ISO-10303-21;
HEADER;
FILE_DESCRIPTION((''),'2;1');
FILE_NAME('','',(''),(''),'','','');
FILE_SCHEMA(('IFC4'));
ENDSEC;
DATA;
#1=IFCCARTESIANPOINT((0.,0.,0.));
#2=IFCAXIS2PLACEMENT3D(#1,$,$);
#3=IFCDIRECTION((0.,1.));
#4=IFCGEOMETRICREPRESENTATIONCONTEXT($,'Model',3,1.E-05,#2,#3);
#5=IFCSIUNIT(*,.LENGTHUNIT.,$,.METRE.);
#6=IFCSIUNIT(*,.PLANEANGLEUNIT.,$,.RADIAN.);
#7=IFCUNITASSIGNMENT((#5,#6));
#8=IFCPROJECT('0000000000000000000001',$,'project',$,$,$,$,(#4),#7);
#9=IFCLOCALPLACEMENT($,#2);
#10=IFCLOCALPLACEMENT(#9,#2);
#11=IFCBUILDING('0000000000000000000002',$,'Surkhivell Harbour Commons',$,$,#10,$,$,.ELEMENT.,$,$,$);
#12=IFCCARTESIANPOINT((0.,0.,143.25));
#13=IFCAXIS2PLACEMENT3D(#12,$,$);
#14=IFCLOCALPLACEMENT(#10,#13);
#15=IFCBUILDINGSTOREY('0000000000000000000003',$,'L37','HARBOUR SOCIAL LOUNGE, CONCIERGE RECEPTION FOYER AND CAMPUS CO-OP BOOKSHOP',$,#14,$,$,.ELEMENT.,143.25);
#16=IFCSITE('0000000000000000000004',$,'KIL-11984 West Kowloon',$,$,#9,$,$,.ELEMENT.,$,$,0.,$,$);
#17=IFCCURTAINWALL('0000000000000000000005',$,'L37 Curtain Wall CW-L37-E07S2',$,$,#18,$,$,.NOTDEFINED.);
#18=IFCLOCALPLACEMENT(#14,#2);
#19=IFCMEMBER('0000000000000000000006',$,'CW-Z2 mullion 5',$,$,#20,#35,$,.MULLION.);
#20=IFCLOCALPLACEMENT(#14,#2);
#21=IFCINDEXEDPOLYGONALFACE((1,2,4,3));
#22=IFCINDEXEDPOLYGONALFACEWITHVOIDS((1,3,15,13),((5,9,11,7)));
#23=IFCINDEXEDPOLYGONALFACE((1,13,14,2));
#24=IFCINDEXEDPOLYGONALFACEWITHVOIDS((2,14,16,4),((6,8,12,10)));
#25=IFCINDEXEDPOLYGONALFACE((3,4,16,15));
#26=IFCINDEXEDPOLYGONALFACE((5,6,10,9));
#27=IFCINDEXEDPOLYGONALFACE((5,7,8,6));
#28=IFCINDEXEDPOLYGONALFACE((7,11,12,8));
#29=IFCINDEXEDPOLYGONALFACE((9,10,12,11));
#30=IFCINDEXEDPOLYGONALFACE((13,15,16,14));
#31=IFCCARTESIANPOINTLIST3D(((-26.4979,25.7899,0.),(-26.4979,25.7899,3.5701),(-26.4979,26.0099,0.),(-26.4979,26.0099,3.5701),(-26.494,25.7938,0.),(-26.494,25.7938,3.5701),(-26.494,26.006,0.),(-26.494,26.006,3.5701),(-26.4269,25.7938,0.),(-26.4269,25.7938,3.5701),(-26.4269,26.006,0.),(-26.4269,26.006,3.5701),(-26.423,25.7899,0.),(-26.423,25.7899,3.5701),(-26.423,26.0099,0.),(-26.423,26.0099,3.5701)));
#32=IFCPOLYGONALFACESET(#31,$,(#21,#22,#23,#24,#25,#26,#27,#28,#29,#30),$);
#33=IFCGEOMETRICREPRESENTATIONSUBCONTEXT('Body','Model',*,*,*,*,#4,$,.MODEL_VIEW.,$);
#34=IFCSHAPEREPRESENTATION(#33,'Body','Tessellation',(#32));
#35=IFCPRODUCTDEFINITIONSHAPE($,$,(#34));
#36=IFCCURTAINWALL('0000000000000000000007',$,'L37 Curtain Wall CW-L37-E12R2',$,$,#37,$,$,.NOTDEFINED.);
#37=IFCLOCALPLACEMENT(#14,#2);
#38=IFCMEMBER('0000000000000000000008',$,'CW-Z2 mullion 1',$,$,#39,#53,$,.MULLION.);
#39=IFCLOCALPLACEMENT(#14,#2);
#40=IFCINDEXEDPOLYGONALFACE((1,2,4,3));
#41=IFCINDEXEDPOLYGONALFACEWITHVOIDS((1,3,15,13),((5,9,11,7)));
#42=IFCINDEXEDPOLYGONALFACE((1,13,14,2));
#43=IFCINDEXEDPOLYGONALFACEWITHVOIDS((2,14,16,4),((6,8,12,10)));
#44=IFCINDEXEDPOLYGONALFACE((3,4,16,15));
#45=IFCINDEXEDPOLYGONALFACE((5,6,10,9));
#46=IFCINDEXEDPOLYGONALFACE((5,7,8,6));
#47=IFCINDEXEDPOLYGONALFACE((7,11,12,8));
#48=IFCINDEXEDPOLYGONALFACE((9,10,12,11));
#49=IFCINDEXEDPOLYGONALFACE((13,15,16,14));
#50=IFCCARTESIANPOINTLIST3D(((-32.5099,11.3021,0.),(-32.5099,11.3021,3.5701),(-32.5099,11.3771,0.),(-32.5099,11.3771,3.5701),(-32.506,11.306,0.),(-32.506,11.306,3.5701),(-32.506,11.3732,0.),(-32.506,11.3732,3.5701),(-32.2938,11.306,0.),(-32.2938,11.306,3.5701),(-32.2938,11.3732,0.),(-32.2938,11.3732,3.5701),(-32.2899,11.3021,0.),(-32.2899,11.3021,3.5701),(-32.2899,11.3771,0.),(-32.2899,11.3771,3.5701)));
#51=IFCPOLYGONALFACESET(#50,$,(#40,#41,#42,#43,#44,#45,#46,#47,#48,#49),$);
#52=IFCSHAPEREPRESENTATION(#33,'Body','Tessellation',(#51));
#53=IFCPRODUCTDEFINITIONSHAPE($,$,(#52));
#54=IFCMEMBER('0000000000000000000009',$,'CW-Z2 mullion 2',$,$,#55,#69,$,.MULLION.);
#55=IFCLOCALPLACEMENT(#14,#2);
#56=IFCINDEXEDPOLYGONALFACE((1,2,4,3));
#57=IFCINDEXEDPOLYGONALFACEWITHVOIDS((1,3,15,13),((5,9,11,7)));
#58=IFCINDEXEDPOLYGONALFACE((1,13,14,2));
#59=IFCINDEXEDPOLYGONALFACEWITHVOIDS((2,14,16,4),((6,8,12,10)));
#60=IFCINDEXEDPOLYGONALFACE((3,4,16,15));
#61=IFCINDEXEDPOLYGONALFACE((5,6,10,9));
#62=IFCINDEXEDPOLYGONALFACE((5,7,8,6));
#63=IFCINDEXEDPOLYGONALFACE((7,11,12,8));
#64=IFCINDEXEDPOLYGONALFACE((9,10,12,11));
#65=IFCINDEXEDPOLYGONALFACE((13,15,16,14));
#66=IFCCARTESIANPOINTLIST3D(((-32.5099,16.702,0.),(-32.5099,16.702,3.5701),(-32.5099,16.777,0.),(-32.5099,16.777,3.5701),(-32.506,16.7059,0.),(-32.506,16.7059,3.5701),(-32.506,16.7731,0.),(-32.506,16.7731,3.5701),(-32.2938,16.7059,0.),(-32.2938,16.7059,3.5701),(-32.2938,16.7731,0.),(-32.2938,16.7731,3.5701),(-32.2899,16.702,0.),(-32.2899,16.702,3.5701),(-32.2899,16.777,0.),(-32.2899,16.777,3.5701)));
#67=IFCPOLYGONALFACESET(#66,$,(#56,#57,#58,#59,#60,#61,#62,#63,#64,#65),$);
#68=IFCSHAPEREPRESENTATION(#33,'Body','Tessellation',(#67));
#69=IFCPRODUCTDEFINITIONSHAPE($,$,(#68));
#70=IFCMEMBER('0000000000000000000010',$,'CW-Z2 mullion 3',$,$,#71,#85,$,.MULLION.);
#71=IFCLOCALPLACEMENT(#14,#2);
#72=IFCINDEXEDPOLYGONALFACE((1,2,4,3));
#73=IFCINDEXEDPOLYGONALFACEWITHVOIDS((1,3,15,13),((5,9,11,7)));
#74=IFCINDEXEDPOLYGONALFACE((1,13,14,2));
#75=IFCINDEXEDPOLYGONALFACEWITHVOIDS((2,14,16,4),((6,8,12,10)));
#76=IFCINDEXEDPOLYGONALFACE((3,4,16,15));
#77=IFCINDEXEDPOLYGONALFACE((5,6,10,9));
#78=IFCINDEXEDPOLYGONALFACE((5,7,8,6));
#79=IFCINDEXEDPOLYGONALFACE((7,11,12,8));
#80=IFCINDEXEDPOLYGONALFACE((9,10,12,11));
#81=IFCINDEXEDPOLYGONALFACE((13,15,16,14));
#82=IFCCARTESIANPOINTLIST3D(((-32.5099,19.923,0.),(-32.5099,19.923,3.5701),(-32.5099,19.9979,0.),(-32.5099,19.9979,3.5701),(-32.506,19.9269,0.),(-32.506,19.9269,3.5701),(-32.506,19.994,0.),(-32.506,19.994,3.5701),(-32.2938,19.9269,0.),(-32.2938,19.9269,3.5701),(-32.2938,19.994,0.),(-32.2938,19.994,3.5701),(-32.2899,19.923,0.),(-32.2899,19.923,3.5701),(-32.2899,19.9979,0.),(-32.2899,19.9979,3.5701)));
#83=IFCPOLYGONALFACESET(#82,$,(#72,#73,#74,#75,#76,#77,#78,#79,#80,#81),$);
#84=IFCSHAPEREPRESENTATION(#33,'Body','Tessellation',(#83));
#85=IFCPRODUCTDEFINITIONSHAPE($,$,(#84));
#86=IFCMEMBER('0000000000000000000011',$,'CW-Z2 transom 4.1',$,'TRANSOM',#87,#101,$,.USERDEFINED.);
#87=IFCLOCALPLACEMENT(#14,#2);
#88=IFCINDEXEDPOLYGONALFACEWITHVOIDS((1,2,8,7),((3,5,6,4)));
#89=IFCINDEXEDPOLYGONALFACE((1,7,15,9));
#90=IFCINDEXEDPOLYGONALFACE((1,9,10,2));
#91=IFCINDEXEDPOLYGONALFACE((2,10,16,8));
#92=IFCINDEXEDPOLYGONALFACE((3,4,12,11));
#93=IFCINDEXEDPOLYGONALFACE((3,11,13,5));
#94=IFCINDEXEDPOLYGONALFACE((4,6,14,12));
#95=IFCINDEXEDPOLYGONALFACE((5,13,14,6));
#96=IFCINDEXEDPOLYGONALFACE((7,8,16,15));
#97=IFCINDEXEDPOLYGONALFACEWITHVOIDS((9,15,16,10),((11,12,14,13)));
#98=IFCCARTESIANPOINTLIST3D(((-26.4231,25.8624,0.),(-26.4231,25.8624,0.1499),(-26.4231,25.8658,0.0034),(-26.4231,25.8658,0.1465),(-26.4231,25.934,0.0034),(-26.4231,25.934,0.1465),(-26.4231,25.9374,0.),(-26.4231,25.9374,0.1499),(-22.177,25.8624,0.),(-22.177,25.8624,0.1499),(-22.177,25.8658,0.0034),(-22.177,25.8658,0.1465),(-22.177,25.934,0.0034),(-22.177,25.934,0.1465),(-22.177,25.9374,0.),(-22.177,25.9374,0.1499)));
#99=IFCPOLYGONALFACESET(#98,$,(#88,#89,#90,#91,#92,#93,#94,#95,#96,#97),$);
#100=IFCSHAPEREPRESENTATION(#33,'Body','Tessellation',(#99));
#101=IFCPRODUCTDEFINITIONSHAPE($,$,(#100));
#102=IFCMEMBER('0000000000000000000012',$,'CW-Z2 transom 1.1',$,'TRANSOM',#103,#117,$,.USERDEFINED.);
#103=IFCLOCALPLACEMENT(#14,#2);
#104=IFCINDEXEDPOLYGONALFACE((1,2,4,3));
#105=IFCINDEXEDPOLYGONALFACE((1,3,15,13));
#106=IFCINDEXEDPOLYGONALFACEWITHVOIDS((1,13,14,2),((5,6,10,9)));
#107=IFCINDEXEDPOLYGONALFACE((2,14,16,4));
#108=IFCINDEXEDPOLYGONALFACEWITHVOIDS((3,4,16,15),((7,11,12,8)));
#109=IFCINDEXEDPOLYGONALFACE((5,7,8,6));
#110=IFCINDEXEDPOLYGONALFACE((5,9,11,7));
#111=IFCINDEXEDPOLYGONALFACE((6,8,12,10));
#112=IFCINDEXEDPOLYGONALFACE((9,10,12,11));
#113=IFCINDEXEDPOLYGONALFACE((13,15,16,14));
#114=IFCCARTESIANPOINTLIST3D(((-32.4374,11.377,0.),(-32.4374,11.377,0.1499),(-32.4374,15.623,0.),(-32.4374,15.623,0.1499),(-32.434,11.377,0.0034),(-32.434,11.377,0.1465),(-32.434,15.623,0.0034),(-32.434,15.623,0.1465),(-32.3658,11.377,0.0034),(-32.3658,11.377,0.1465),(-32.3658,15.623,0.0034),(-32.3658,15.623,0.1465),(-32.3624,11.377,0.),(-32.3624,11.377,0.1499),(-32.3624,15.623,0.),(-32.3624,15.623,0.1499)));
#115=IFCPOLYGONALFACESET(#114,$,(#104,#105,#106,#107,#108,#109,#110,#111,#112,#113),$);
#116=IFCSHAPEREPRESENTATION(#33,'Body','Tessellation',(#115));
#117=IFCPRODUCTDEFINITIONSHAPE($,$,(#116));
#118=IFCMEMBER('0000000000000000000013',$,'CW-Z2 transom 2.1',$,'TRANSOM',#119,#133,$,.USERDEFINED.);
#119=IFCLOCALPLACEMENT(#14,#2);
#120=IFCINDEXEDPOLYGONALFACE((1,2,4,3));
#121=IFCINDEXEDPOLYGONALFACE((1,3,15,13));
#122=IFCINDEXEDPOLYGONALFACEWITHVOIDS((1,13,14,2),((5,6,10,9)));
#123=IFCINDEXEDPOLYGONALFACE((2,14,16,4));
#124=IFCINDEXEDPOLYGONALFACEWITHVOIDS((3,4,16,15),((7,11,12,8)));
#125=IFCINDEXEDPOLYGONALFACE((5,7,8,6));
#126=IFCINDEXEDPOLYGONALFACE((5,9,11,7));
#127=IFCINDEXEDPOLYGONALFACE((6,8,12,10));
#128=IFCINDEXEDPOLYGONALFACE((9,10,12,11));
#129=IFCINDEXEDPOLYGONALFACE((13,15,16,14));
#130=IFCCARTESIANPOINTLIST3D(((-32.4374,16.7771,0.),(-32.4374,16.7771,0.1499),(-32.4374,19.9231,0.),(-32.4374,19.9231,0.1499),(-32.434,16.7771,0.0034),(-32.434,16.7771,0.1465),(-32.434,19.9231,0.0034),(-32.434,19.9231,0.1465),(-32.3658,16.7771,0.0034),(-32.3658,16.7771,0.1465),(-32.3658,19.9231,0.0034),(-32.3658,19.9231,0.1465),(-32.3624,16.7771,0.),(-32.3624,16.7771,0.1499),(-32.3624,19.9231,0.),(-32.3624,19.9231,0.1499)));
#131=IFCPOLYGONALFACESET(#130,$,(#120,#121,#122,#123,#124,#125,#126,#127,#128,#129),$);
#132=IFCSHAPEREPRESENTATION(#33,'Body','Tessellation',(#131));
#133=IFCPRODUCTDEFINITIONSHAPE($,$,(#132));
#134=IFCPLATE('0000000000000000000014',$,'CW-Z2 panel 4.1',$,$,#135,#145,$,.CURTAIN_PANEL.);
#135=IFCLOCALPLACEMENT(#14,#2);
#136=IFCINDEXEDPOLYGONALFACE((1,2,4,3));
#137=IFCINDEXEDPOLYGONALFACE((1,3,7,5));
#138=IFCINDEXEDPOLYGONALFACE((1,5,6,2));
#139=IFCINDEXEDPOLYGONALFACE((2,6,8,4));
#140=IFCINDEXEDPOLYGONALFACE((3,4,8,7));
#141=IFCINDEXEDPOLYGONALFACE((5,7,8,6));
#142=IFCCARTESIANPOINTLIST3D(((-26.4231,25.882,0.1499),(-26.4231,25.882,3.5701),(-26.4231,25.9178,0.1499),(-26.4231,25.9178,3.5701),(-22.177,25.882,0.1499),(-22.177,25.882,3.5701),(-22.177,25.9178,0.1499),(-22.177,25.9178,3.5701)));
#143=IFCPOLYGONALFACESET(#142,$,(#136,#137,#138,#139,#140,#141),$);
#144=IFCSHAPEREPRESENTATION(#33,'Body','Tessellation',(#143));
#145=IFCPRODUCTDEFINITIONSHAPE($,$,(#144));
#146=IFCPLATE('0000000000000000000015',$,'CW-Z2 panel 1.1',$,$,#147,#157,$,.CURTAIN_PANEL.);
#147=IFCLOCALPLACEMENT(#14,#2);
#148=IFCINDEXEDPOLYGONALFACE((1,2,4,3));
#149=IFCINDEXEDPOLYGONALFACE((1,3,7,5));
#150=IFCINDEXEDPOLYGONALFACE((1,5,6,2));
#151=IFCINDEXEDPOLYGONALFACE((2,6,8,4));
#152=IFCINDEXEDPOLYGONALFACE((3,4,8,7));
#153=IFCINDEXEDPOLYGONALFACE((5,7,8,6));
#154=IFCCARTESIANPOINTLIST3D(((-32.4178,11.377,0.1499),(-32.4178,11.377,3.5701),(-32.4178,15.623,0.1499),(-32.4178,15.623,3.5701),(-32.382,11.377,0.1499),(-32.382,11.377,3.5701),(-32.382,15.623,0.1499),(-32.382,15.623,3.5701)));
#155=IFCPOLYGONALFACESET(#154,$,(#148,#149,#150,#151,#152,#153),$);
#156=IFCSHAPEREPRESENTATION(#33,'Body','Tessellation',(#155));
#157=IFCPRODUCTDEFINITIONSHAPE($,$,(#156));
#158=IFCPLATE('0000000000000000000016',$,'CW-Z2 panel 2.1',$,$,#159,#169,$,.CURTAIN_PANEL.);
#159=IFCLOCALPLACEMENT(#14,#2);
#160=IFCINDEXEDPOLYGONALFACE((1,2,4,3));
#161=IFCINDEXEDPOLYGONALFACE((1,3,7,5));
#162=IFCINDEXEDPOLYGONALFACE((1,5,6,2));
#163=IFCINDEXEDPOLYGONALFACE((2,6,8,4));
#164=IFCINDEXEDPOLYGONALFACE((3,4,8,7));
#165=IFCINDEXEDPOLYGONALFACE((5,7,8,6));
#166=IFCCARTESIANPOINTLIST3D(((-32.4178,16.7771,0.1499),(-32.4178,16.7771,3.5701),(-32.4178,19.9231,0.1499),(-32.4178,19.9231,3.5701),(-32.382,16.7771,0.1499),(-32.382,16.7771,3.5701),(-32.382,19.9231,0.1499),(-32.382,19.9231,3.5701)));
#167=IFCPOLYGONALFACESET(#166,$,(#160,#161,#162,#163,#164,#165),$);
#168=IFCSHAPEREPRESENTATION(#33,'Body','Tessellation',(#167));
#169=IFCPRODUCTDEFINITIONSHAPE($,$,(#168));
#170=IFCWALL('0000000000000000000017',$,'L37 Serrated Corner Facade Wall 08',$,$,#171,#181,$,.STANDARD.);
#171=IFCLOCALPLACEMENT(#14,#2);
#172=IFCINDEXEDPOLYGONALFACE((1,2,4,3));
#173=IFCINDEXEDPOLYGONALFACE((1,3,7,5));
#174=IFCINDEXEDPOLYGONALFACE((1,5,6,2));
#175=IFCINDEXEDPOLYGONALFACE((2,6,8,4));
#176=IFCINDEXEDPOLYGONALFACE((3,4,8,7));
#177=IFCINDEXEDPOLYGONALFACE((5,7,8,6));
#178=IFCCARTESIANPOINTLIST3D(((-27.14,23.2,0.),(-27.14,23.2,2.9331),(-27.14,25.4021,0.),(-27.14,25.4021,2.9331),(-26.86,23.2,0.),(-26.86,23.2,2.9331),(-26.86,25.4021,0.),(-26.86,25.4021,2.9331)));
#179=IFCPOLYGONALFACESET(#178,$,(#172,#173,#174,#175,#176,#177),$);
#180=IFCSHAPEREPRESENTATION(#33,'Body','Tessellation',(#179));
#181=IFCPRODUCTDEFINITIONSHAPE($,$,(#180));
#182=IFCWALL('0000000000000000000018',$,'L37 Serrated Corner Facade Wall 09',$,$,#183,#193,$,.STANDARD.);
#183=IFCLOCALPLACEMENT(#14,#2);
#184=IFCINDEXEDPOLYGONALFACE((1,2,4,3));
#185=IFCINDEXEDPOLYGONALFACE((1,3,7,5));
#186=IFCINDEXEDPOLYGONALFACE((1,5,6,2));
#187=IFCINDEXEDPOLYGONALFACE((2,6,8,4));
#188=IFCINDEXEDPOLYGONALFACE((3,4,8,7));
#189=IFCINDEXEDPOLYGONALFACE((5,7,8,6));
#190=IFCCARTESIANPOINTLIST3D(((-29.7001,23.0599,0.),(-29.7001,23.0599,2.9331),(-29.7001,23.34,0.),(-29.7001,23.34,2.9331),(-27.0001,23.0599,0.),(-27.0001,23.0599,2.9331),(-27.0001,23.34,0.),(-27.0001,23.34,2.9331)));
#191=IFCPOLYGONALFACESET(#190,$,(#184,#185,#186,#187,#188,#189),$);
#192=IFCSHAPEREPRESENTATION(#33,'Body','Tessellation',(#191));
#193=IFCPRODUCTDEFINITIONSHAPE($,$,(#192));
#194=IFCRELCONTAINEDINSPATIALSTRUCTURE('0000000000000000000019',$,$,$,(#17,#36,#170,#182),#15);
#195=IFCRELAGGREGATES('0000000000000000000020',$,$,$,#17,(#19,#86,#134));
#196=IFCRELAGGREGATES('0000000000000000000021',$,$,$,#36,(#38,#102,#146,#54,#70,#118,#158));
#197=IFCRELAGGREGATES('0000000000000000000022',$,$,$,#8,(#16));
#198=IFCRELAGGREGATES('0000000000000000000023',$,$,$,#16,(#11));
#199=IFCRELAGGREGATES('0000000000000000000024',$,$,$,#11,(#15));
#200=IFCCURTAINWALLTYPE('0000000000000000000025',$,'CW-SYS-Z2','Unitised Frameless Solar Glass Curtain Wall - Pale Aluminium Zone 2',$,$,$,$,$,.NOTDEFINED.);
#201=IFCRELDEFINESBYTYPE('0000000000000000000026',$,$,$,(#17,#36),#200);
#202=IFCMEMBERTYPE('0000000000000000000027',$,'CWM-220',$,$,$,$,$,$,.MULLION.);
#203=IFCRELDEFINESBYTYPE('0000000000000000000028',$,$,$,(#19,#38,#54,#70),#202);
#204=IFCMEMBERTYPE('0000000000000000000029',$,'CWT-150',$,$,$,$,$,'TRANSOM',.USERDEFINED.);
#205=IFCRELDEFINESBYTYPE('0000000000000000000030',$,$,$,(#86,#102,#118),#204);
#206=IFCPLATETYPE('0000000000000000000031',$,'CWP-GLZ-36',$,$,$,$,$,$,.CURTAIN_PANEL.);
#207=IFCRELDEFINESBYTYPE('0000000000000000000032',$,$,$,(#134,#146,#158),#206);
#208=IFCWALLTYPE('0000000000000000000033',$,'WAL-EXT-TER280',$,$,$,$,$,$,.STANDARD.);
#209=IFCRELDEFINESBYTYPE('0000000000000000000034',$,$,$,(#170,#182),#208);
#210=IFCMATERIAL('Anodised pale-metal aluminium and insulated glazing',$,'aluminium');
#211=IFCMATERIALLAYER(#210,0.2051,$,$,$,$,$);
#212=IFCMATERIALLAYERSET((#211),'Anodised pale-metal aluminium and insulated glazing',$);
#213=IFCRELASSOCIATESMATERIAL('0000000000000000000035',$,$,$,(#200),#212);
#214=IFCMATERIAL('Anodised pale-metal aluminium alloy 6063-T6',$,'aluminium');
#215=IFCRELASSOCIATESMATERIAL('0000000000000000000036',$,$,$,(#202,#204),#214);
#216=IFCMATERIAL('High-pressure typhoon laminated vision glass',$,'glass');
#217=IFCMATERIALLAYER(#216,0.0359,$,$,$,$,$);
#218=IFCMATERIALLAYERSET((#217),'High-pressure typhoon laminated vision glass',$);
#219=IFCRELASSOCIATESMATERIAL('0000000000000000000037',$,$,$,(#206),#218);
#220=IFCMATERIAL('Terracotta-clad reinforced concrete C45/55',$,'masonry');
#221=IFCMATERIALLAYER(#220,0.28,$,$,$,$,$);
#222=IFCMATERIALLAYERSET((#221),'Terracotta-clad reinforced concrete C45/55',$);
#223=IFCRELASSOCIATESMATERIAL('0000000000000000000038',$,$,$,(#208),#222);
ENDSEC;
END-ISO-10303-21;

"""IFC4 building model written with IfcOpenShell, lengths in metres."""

from ifc_helpers import new_model, si_unit, direction, frame, frame_2d, origin, origin_2d, place, context, subcontext, project, spatial, rectangle, hollow_rectangle, extrude, material, layer, layer_set, material_profile, profile_set, type_object, element, aggregate, save


model = new_model("IFC4")

# Units and contexts
model_context = context("Model", 3, precision=1e-05, world=origin(), true_north=direction((0.0, 1.0)))
body_context = subcontext(model_context, "Body", "Model", "MODEL_VIEW")
ifc_project = project(units=[si_unit("LENGTHUNIT", "METRE"), si_unit("PLANEANGLEUNIT", "RADIAN")], contexts=[model_context])

# Site, building, storey
site_placement = place(None, origin())
site = spatial("IfcSite", under=ifc_project, at=site_placement, Name="KIL-11984 West Kowloon", CompositionType="ELEMENT", RefElevation=0.0)
building_placement = place(site_placement, origin())
building = spatial("IfcBuilding", under=site, at=building_placement, Name="Surkhivell Harbour Commons", CompositionType="ELEMENT")
storey_placement = place(building_placement, frame((0.0, 0.0, 143.25)))
storey = spatial("IfcBuildingStorey", under=building, at=storey_placement, Name="L37", Description="HARBOUR SOCIAL LOUNGE, CONCIERGE RECEPTION FOYER AND CAMPUS CO-OP BOOKSHOP", CompositionType="ELEMENT", Elevation=143.25)

# Curtain walls, members
ifc_material_1 = material(Name="Anodised pale-metal aluminium and insulated glazing", Category="aluminium")
ifc_layer_1 = layer(ifc_material_1, 0.2051)
ifc_layer_set_1 = layer_set([ifc_layer_1], Name="Anodised pale-metal aluminium and insulated glazing")
curtain_wall_type = type_object("IfcCurtainWallType", Name="CW-SYS-Z2", Description="Unitised Frameless Solar Glass Curtain Wall - Pale Aluminium Zone 2", PredefinedType="NOTDEFINED", material=ifc_layer_set_1)
curtain_wall_1_placement = place(storey_placement, origin())
curtain_wall_1 = element("IfcCurtainWall", 1, at=curtain_wall_1_placement, inside=storey, type_object=curtain_wall_type, Name="L37 Curtain Wall CW-L37-E07S2", PredefinedType="NOTDEFINED")
ifc_material_2 = material(Name="Anodised pale-metal aluminium alloy 6063-T6", Category="aluminium")
ifc_material_profile_1 = material_profile(ifc_material_2, hollow_rectangle(XDim=0.075, YDim=0.22, WallThickness=0.0039, at=origin_2d()), Name="ALU-MULL-75x220")
ifc_profile_set_1 = profile_set([ifc_material_profile_1], Name="Anodised pale-metal aluminium alloy 6063-T6")
member_type_1 = type_object("IfcMemberType", Name="CWM-220", PredefinedType="MULLION", material=ifc_profile_set_1)
member_1_placement = place(storey_placement, frame((-26.4604, 25.8999, 0.0), z_axis=(0.0, 0.0, 1.0), x_axis=(-1.0, 0.0, 0.0)))
member_1 = element("IfcMember", 2, at=member_1_placement, type_object=member_type_1, Name="CW-Z2 mullion 5", PredefinedType="MULLION", context=body_context, shape_type="SweptSolid", body=[
    extrude(hollow_rectangle(XDim=0.075, YDim=0.22, WallThickness=0.0039, at=origin_2d()), origin(), (0.0, 0.0, 1.0), 3.5701),
])
curtain_wall_2_placement = place(storey_placement, origin())
curtain_wall_2 = element("IfcCurtainWall", 3, at=curtain_wall_2_placement, inside=storey, type_object=curtain_wall_type, Name="L37 Curtain Wall CW-L37-E12R2", PredefinedType="NOTDEFINED")
member_2_placement = place(storey_placement, frame((-32.3999, 11.3396, 0.0), z_axis=(0.0, 0.0, 1.0), x_axis=(0.0, 1.0, 0.0)))
member_2 = element("IfcMember", 4, at=member_2_placement, type_object=member_type_1, Name="CW-Z2 mullion 1", PredefinedType="MULLION", context=body_context, shape_type="SweptSolid", body=[
    extrude(hollow_rectangle(XDim=0.075, YDim=0.22, WallThickness=0.0039, at=origin_2d()), origin(), (0.0, 0.0, 1.0), 3.5701),
])
member_3_placement = place(storey_placement, frame((-32.3999, 16.7395, 0.0), z_axis=(0.0, 0.0, 1.0), x_axis=(0.0, 1.0, 0.0)))
member_3 = element("IfcMember", 5, at=member_3_placement, type_object=member_type_1, Name="CW-Z2 mullion 2", PredefinedType="MULLION", context=body_context, shape_type="SweptSolid", body=[
    extrude(hollow_rectangle(XDim=0.075, YDim=0.22, WallThickness=0.0039, at=origin_2d()), origin(), (0.0, 0.0, 1.0), 3.5701),
])
member_4_placement = place(storey_placement, frame((-32.3999, 19.9604, 0.0), z_axis=(0.0, 0.0, 1.0), x_axis=(0.0, 1.0, 0.0)))
member_4 = element("IfcMember", 6, at=member_4_placement, type_object=member_type_1, Name="CW-Z2 mullion 3", PredefinedType="MULLION", context=body_context, shape_type="SweptSolid", body=[
    extrude(hollow_rectangle(XDim=0.075, YDim=0.22, WallThickness=0.0039, at=origin_2d()), origin(), (0.0, 0.0, 1.0), 3.5701),
])

# Members
ifc_material_profile_2 = material_profile(ifc_material_2, hollow_rectangle(XDim=0.075, YDim=0.1499, WallThickness=0.0034, at=origin_2d()), Name="ALU-TRAN-75x150")
ifc_profile_set_2 = profile_set([ifc_material_profile_2], Name="Anodised pale-metal aluminium alloy 6063-T6")
member_type_2 = type_object("IfcMemberType", Name="CWT-150", ElementType="TRANSOM", PredefinedType="USERDEFINED", material=ifc_profile_set_2)
member_5_placement = place(storey_placement, frame((-22.177, 25.8999, 0.075), z_axis=(-1.0, 0.0, 0.0), x_axis=(0.0, -1.0, 0.0)))
member_5 = element("IfcMember", 7, at=member_5_placement, type_object=member_type_2, Name="CW-Z2 transom 4.1", ObjectType="TRANSOM", PredefinedType="USERDEFINED", context=body_context, shape_type="SweptSolid", body=[
    extrude(hollow_rectangle(XDim=0.075, YDim=0.1499, WallThickness=0.0034, at=origin_2d()), origin(), (0.0, 0.0, 1.0), 4.2461),
])
member_6_placement = place(storey_placement, frame((-32.3999, 11.377, 0.075), z_axis=(0.0, 1.0, 0.0), x_axis=(-1.0, 0.0, 0.0)))
member_6 = element("IfcMember", 8, at=member_6_placement, type_object=member_type_2, Name="CW-Z2 transom 1.1", ObjectType="TRANSOM", PredefinedType="USERDEFINED", context=body_context, shape_type="SweptSolid", body=[
    extrude(hollow_rectangle(XDim=0.075, YDim=0.1499, WallThickness=0.0034, at=origin_2d()), origin(), (0.0, 0.0, 1.0), 4.2461),
])
member_7_placement = place(storey_placement, frame((-32.3999, 16.7771, 0.075), z_axis=(0.0, 1.0, 0.0), x_axis=(-1.0, 0.0, 0.0)))
member_7 = element("IfcMember", 9, at=member_7_placement, type_object=member_type_2, Name="CW-Z2 transom 2.1", ObjectType="TRANSOM", PredefinedType="USERDEFINED", context=body_context, shape_type="SweptSolid", body=[
    extrude(hollow_rectangle(XDim=0.075, YDim=0.1499, WallThickness=0.0034, at=origin_2d()), origin(), (0.0, 0.0, 1.0), 3.146),
])

# Plates
ifc_material_3 = material(Name="High-pressure typhoon laminated vision glass", Category="glass")
ifc_layer_2 = layer(ifc_material_3, 0.0359)
ifc_layer_set_2 = layer_set([ifc_layer_2], Name="High-pressure typhoon laminated vision glass")
plate_type = type_object("IfcPlateType", Name="CWP-GLZ-36", PredefinedType="CURTAIN_PANEL", material=ifc_layer_set_2)
plate_1_placement = place(storey_placement, frame((-22.177, 25.8999, 0.1499), z_axis=(0.0, 0.0, 1.0), x_axis=(-1.0, 0.0, 0.0)))
plate_1 = element("IfcPlate", 10, at=plate_1_placement, type_object=plate_type, Name="CW-Z2 panel 4.1", PredefinedType="CURTAIN_PANEL", context=body_context, shape_type="SweptSolid", body=[
    extrude(rectangle(XDim=4.2461, YDim=0.0359, at=frame_2d((2.123, 0.0))), origin(), (0.0, 0.0, 1.0), 3.4202),
])
aggregate(curtain_wall_1, [member_1, member_5, plate_1])
plate_2_placement = place(storey_placement, frame((-32.3999, 11.377, 0.1499), z_axis=(0.0, 0.0, 1.0), x_axis=(0.0, 1.0, 0.0)))
plate_2 = element("IfcPlate", 11, at=plate_2_placement, type_object=plate_type, Name="CW-Z2 panel 1.1", PredefinedType="CURTAIN_PANEL", context=body_context, shape_type="SweptSolid", body=[
    extrude(rectangle(XDim=4.2461, YDim=0.0359, at=frame_2d((2.123, 0.0))), origin(), (0.0, 0.0, 1.0), 3.4202),
])
plate_3_placement = place(storey_placement, frame((-32.3999, 16.7771, 0.1499), z_axis=(0.0, 0.0, 1.0), x_axis=(0.0, 1.0, 0.0)))
plate_3 = element("IfcPlate", 12, at=plate_3_placement, type_object=plate_type, Name="CW-Z2 panel 2.1", PredefinedType="CURTAIN_PANEL", context=body_context, shape_type="SweptSolid", body=[
    extrude(rectangle(XDim=3.146, YDim=0.0359, at=frame_2d((1.573, 0.0))), origin(), (0.0, 0.0, 1.0), 3.4202),
])
aggregate(curtain_wall_2, [member_2, member_6, plate_2, member_3, member_4, member_7, plate_3])

# Walls
ifc_material_4 = material(Name="Terracotta-clad reinforced concrete C45/55", Category="masonry")
ifc_layer_3 = layer(ifc_material_4, 0.28)
ifc_layer_set_3 = layer_set([ifc_layer_3], Name="Terracotta-clad reinforced concrete C45/55")
wall_type = type_object("IfcWallType", Name="WAL-EXT-TER280", PredefinedType="STANDARD", material=ifc_layer_set_3)
wall_1_placement = place(storey_placement, frame((-27.0, 25.4021, 0.0), z_axis=(0.0, 0.0, 1.0), x_axis=(0.0, -1.0, 0.0)))
element("IfcWall", 13, at=wall_1_placement, inside=storey, type_object=wall_type, Name="L37 Serrated Corner Facade Wall 08", PredefinedType="STANDARD", context=body_context, shape_type="SweptSolid", body=[
    extrude(rectangle(XDim=2.2021, YDim=0.28, at=frame_2d((1.1011, 0.0))), origin(), (0.0, 0.0, 1.0), 2.9331),
])
wall_2_placement = place(storey_placement, frame((-27.0, 23.2, 0.0), z_axis=(0.0, 0.0, 1.0), x_axis=(-1.0, 0.0, 0.0)))
element("IfcWall", 14, at=wall_2_placement, inside=storey, type_object=wall_type, Name="L37 Serrated Corner Facade Wall 09", PredefinedType="STANDARD", context=body_context, shape_type="SweptSolid", body=[
    extrude(rectangle(XDim=2.7, YDim=0.28, at=frame_2d((1.3501, 0.0))), origin(), (0.0, 0.0, 1.0), 2.9331),
])

save(model, "model.ifc")
